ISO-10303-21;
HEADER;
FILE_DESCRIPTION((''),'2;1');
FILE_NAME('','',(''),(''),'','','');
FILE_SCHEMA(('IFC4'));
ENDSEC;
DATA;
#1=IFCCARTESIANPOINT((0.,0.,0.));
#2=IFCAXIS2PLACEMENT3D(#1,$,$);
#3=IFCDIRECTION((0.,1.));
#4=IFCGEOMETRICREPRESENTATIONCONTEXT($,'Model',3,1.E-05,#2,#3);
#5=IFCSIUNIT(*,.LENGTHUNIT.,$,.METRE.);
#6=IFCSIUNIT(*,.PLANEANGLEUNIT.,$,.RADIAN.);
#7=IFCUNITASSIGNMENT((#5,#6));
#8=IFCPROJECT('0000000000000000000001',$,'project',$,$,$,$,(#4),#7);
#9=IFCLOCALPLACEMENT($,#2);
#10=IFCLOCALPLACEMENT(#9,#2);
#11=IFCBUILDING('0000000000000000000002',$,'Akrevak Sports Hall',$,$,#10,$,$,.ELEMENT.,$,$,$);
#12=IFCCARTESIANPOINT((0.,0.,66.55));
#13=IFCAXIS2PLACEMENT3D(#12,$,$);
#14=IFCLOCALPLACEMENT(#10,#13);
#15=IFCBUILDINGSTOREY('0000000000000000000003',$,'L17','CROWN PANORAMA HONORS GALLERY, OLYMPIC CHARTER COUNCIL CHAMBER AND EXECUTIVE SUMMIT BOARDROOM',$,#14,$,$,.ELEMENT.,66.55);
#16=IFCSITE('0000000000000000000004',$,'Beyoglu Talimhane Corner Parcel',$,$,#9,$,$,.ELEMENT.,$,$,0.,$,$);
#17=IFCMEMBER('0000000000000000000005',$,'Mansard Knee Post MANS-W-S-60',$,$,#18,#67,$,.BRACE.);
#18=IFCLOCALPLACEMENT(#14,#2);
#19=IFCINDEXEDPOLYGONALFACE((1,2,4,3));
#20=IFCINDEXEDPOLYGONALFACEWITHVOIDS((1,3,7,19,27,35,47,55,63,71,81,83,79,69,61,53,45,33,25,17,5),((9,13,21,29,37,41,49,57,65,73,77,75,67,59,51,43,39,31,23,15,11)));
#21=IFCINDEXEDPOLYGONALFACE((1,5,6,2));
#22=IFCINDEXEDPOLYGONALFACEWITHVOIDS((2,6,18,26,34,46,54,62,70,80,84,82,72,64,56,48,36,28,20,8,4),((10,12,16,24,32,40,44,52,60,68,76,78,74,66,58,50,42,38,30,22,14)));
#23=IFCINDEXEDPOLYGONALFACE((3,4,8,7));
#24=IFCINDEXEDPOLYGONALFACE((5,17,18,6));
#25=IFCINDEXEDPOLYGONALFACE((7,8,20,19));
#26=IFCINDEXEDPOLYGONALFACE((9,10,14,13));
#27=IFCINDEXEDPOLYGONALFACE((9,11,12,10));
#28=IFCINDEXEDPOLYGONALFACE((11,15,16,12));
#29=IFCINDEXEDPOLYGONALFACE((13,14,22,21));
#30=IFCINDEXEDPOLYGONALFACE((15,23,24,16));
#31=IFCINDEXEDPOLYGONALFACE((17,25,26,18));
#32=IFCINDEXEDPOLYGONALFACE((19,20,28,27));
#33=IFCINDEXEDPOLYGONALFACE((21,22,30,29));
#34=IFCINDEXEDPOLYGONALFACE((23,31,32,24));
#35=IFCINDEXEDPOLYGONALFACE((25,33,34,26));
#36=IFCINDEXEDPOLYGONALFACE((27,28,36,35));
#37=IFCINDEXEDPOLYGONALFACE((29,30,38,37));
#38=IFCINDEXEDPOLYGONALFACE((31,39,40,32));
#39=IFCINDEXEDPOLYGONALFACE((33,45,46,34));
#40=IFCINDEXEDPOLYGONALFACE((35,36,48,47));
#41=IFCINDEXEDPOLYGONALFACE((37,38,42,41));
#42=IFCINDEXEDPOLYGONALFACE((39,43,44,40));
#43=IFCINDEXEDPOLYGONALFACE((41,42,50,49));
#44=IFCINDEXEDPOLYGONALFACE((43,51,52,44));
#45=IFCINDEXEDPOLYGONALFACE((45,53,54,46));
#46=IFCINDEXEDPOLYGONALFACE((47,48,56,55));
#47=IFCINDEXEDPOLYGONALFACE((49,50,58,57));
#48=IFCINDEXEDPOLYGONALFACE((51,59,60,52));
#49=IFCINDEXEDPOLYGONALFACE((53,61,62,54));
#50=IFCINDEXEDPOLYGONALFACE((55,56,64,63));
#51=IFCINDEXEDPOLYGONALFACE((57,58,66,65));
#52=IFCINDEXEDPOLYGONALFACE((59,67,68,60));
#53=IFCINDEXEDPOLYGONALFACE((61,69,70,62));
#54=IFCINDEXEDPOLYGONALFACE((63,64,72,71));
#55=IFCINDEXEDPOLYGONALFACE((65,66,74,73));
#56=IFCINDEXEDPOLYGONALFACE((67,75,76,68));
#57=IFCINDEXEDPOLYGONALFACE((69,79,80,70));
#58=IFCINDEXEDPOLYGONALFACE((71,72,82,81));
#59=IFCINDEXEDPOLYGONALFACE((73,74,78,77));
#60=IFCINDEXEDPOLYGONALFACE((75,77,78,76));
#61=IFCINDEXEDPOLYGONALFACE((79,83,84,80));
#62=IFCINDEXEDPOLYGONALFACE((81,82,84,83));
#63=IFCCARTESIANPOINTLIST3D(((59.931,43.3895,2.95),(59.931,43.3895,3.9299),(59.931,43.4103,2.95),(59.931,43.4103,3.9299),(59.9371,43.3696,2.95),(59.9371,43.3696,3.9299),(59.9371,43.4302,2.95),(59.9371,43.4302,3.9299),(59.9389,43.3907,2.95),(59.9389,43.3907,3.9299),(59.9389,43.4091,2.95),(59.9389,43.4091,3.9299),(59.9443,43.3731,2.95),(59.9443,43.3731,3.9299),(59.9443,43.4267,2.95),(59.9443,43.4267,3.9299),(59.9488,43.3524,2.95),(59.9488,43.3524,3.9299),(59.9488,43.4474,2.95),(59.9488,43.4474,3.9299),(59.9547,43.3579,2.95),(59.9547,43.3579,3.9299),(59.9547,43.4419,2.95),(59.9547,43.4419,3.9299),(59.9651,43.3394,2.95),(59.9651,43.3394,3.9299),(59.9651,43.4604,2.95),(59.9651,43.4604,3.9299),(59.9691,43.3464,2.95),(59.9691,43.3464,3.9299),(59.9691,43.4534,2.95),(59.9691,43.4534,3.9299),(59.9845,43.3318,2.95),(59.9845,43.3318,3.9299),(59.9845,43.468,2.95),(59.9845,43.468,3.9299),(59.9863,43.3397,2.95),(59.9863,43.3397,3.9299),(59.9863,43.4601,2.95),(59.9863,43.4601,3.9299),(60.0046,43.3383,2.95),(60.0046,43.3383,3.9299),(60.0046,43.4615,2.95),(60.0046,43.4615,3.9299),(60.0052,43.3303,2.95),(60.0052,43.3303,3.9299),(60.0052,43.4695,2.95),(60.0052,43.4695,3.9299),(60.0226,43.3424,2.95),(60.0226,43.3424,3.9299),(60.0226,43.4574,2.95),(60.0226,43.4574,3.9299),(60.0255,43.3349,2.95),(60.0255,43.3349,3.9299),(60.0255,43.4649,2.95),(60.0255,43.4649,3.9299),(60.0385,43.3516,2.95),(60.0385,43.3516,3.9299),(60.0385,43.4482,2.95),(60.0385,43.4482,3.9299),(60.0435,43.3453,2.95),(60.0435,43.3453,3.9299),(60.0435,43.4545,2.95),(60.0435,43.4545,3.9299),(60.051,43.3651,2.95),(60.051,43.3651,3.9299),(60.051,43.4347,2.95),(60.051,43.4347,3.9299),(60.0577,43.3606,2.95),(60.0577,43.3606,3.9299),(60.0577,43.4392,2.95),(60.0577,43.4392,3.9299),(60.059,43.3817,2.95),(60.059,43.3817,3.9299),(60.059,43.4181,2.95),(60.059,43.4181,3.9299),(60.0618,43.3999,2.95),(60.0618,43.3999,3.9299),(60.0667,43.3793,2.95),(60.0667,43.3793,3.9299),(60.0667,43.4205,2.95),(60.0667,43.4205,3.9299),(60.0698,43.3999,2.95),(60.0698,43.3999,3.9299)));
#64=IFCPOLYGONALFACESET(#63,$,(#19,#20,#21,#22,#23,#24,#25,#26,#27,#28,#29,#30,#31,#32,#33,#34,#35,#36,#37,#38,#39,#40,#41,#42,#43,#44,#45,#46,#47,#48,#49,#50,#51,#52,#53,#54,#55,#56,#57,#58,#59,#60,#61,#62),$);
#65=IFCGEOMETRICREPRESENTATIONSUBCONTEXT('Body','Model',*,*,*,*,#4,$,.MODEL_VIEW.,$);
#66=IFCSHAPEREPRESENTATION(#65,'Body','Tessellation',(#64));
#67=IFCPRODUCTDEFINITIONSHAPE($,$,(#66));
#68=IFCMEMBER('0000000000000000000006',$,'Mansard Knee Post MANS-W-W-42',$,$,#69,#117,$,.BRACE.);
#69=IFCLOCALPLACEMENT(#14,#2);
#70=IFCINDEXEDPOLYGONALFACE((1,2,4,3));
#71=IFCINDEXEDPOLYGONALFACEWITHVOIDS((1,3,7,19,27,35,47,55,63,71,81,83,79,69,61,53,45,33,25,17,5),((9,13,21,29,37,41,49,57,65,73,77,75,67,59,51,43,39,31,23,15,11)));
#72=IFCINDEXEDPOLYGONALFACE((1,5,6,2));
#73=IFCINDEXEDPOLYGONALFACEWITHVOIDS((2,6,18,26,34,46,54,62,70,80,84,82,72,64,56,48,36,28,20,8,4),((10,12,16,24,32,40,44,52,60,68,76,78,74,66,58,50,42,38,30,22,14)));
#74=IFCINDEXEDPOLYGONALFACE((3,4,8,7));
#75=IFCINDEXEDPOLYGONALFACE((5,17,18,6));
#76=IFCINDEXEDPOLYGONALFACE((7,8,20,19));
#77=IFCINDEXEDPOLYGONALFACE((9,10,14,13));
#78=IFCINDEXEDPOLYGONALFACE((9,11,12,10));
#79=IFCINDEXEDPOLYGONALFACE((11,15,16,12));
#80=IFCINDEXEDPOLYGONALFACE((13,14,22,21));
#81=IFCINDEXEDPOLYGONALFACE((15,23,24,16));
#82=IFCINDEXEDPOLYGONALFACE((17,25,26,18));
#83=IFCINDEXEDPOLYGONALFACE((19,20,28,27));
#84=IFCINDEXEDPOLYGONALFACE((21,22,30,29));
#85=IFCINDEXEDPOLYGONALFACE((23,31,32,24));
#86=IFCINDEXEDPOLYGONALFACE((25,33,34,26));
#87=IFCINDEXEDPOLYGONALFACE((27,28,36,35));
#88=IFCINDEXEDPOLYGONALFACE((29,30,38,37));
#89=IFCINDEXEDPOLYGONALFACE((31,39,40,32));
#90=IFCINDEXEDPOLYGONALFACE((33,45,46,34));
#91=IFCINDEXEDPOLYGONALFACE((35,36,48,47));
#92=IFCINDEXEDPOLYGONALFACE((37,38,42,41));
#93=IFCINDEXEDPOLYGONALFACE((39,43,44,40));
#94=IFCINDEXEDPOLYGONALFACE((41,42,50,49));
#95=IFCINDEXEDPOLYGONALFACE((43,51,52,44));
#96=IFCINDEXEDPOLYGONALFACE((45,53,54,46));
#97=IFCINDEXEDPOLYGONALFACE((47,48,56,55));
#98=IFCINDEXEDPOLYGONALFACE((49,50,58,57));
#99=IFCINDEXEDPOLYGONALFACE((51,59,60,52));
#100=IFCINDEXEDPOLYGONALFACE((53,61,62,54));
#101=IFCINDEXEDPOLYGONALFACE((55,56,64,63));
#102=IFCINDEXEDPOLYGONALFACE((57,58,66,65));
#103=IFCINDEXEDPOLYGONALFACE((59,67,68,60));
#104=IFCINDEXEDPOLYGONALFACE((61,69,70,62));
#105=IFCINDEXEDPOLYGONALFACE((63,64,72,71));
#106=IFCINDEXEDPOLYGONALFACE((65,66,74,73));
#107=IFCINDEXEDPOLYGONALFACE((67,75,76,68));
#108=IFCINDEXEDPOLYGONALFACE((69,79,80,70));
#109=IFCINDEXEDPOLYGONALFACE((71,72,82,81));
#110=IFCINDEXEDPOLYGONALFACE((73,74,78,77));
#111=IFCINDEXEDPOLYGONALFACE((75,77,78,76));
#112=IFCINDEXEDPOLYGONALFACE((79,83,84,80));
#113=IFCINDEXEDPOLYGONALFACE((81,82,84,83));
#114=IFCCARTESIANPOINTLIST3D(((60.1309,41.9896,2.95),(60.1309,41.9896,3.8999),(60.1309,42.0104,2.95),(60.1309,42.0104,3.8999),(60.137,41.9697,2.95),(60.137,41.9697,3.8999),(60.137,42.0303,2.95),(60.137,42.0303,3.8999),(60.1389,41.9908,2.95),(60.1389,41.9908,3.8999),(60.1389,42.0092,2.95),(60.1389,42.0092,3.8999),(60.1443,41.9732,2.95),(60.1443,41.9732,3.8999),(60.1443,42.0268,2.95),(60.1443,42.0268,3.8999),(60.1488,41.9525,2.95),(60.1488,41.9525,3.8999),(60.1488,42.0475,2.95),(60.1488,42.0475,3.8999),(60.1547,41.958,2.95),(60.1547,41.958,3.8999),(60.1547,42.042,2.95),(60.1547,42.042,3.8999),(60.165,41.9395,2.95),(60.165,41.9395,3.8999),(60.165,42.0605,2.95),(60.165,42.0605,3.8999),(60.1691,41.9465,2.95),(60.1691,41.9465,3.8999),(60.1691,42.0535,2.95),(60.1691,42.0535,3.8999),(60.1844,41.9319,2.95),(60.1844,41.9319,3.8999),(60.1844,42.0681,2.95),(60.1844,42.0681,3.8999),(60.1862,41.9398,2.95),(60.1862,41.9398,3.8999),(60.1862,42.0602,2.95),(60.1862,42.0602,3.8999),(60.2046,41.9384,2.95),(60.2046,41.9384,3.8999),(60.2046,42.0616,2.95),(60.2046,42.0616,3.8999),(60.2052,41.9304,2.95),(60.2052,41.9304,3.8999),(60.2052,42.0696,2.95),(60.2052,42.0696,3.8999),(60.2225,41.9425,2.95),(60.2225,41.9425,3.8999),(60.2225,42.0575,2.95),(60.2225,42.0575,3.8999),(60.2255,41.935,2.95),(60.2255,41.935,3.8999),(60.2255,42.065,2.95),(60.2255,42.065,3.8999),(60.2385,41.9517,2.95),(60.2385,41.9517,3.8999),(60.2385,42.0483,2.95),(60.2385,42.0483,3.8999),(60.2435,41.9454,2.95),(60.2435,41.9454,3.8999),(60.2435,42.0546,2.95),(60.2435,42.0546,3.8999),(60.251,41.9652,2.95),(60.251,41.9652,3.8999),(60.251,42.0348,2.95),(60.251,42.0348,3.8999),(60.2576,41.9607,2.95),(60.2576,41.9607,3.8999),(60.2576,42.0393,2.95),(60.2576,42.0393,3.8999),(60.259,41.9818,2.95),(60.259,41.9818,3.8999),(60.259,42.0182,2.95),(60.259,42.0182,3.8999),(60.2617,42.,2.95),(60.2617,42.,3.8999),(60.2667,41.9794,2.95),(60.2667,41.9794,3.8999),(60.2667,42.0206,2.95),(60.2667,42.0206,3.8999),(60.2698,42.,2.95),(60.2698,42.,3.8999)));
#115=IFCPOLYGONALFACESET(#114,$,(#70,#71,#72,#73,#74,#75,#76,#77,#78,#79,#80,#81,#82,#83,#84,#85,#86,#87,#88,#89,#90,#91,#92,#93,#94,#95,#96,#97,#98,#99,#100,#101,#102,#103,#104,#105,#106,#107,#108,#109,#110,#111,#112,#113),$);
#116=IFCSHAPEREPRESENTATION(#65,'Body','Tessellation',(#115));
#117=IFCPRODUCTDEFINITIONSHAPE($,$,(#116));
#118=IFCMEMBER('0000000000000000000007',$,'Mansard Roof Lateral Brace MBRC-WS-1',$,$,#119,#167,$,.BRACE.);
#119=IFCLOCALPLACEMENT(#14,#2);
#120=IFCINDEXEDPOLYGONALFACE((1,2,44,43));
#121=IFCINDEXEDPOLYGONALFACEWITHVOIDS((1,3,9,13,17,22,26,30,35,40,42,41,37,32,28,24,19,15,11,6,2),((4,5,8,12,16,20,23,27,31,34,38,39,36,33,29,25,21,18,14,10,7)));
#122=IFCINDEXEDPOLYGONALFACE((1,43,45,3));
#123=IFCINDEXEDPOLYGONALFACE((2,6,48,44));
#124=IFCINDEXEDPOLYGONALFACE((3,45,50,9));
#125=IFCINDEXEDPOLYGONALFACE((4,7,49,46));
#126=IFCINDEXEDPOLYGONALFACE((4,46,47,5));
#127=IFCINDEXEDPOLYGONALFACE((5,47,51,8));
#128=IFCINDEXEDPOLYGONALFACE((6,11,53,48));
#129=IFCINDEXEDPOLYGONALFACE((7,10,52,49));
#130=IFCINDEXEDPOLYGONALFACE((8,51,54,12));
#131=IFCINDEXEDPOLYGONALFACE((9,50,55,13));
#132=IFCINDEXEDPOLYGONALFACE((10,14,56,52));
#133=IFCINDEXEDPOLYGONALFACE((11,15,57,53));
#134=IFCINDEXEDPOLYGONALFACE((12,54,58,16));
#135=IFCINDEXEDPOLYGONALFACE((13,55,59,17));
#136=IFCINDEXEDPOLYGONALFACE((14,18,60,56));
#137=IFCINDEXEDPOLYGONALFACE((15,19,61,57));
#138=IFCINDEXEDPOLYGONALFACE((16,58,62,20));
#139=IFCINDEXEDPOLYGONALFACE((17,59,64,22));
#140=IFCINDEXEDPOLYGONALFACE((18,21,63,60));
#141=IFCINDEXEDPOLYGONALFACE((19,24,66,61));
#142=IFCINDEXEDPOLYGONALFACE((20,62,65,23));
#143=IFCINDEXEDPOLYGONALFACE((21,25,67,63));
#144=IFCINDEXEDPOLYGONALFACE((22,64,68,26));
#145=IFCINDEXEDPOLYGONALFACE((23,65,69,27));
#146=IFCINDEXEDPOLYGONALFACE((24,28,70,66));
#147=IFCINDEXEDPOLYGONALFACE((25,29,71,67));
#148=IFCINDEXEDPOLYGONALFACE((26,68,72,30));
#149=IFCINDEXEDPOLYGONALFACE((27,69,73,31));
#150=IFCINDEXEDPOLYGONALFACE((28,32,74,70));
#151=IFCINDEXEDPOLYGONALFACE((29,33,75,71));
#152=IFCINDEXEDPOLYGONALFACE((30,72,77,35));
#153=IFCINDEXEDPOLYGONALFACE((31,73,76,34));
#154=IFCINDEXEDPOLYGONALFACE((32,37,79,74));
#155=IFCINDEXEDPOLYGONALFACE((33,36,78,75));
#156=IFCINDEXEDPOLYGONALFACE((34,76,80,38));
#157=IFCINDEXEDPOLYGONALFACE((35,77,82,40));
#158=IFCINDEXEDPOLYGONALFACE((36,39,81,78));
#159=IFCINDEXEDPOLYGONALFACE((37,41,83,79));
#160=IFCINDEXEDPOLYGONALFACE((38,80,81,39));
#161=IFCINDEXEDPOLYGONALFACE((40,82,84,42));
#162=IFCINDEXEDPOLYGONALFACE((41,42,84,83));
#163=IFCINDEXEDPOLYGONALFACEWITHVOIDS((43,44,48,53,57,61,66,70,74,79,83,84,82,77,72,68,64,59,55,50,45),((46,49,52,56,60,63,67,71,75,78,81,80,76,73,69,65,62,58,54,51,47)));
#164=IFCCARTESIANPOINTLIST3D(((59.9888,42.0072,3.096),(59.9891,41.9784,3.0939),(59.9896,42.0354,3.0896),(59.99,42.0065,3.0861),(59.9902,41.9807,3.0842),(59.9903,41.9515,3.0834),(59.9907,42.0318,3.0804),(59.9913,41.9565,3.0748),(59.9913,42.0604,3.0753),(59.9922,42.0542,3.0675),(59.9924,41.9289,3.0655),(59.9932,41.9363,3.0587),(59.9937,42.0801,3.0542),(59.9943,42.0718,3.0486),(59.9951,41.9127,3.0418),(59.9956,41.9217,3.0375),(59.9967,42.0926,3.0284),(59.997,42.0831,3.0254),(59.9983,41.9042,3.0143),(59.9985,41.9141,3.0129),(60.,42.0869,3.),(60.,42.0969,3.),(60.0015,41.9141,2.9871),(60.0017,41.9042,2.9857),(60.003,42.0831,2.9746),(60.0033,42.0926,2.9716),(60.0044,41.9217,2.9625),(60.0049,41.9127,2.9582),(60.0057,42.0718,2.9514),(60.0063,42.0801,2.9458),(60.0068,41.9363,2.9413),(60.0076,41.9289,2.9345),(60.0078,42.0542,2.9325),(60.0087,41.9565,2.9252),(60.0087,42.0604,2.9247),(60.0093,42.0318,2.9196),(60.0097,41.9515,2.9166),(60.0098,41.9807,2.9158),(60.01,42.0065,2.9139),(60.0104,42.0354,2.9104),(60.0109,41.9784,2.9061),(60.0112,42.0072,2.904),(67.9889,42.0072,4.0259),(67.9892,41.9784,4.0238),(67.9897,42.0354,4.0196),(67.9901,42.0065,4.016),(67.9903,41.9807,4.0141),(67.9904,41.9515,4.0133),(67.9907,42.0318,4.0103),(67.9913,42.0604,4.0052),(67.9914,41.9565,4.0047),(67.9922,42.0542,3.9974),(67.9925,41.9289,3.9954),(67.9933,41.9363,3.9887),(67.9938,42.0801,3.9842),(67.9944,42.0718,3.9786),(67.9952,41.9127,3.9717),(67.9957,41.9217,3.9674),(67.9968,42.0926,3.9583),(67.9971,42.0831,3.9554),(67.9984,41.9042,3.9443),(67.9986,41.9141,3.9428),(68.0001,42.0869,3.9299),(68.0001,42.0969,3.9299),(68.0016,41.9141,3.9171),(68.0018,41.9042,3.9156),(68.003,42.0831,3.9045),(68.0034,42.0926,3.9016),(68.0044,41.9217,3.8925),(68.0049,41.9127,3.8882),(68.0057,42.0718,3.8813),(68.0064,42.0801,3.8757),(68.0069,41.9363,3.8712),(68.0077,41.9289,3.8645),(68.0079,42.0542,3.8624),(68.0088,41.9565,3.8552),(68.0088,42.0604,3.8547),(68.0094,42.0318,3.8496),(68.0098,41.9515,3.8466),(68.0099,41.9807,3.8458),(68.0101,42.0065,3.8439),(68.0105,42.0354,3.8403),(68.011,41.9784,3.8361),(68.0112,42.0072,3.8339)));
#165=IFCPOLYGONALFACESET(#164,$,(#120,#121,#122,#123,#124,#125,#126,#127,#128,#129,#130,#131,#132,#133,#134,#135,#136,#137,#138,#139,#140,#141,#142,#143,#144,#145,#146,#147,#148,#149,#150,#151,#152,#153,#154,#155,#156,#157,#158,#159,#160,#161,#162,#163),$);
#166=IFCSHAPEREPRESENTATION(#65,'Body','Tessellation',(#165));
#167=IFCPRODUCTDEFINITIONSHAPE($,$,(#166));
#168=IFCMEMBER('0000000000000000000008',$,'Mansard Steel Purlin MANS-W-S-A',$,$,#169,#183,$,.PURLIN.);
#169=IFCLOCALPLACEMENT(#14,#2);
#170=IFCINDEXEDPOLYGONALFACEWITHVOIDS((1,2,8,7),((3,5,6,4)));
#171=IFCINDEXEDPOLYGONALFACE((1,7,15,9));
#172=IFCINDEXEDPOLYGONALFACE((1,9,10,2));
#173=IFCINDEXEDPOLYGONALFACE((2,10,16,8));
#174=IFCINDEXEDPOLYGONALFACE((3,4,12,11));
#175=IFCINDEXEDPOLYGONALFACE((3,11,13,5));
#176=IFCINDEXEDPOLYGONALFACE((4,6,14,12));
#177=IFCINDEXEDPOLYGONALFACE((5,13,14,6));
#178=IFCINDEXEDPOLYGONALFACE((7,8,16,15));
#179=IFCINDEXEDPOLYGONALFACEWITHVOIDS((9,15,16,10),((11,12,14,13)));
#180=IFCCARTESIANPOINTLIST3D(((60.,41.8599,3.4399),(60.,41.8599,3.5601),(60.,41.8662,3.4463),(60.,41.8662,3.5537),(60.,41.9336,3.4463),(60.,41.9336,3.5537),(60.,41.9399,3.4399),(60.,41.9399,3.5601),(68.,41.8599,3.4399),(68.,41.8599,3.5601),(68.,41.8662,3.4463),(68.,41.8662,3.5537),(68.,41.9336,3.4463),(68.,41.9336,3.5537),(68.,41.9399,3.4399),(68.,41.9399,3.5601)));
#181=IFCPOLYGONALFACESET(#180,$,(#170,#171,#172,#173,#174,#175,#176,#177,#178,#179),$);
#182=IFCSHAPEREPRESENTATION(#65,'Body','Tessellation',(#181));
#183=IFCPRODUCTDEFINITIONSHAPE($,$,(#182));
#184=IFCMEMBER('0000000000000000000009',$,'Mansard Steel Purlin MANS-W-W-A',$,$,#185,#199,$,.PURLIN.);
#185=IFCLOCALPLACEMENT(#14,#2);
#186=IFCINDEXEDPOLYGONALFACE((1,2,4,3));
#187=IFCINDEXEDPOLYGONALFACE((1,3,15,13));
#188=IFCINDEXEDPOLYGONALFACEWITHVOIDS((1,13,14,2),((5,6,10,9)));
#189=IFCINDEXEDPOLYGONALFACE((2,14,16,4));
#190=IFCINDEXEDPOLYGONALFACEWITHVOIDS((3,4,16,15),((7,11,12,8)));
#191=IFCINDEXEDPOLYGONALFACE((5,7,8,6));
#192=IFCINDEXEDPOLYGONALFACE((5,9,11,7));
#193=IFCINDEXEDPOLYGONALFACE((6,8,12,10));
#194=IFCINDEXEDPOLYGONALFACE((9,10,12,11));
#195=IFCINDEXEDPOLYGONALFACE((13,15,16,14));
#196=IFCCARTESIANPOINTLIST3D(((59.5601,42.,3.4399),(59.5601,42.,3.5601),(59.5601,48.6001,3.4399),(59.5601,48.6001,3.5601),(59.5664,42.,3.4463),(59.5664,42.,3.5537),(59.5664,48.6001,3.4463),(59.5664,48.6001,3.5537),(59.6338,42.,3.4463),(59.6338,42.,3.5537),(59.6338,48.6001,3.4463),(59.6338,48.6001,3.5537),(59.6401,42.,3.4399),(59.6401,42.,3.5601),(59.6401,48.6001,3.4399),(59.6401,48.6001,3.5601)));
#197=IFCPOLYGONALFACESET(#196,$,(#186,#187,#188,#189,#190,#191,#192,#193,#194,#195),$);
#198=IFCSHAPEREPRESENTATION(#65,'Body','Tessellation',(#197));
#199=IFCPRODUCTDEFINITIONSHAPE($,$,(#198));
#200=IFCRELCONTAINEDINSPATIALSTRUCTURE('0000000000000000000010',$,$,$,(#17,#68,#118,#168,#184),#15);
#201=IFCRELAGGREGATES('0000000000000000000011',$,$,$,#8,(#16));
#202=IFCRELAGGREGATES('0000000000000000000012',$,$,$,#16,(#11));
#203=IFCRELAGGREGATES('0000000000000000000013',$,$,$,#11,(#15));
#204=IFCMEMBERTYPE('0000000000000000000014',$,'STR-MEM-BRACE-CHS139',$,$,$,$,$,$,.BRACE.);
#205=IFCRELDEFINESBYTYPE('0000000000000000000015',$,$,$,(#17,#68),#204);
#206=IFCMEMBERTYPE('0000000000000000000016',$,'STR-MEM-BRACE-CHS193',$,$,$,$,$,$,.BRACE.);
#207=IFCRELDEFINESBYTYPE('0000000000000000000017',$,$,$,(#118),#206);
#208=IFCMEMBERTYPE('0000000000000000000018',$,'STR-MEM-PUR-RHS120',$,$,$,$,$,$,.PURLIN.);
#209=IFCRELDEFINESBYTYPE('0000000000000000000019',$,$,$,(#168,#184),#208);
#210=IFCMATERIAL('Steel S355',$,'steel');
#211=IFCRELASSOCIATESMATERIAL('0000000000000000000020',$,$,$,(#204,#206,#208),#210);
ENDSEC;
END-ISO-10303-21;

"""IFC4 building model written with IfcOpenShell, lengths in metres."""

from ifc_helpers import new_model, si_unit, direction, frame, origin, origin_2d, place, context, subcontext, project, spatial, hollow_rectangle, hollow_circle, extrude, material, material_profile, profile_set, type_object, element, save


model = new_model("IFC4")

# Units and contexts
model_context = context("Model", 3, precision=1e-05, world=origin(), true_north=direction((0.0, 1.0)))
body_context = subcontext(model_context, "Body", "Model", "MODEL_VIEW")
ifc_project = project(units=[si_unit("LENGTHUNIT", "METRE"), si_unit("PLANEANGLEUNIT", "RADIAN")], contexts=[model_context])

# Site, building, storey
site_placement = place(None, origin())
site = spatial("IfcSite", under=ifc_project, at=site_placement, Name="Beyoglu Talimhane Corner Parcel", CompositionType="ELEMENT", RefElevation=0.0)
building_placement = place(site_placement, origin())
building = spatial("IfcBuilding", under=site, at=building_placement, Name="Akrevak Sports Hall", CompositionType="ELEMENT")
storey_placement = place(building_placement, frame((0.0, 0.0, 66.55)))
storey = spatial("IfcBuildingStorey", under=building, at=storey_placement, Name="L17", Description="CROWN PANORAMA HONORS GALLERY, OLYMPIC CHARTER COUNCIL CHAMBER AND EXECUTIVE SUMMIT BOARDROOM", CompositionType="ELEMENT", Elevation=66.55)

# Members
ifc_material_1 = material(Name="Steel S355", Category="steel")
ifc_material_profile_1 = material_profile(ifc_material_1, hollow_circle(Radius=0.0698, WallThickness=0.0081, at=origin_2d()), Name="CHS 139.7x8", Category="steel")
ifc_profile_set_1 = profile_set([ifc_material_profile_1], Name="Steel S355")
member_type_1 = type_object("IfcMemberType", Name="STR-MEM-BRACE-CHS139", PredefinedType="BRACE", material=ifc_profile_set_1)
member_1_placement = place(storey_placement, frame((60.0, 43.3999, 2.95), z_axis=(0.0, 0.0, 1.0), x_axis=(1.0, 0.0, 0.0)))
element("IfcMember", 1, at=member_1_placement, inside=storey, type_object=member_type_1, Name="Mansard Knee Post MANS-W-S-60", PredefinedType="BRACE", context=body_context, shape_type="SweptSolid", body=[
    extrude(hollow_circle(Radius=0.0698, WallThickness=0.0081, at=origin_2d()), origin(), (0.0, 0.0, 1.0), 0.98),
])
member_2_placement = place(storey_placement, frame((60.2, 42.0, 2.95), z_axis=(0.0, 0.0, 1.0), x_axis=(1.0, 0.0, 0.0)))
element("IfcMember", 2, at=member_2_placement, inside=storey, type_object=member_type_1, Name="Mansard Knee Post MANS-W-W-42", PredefinedType="BRACE", context=body_context, shape_type="SweptSolid", body=[
    extrude(hollow_circle(Radius=0.0698, WallThickness=0.0081, at=origin_2d()), origin(), (0.0, 0.0, 1.0), 0.95),
])
ifc_material_profile_2 = material_profile(ifc_material_1, hollow_circle(Radius=0.0969, WallThickness=0.01, at=origin_2d()), Name="CHS 193.7x10", Category="steel")
ifc_profile_set_2 = profile_set([ifc_material_profile_2], Name="Steel S355")
member_type_2 = type_object("IfcMemberType", Name="STR-MEM-BRACE-CHS193", PredefinedType="BRACE", material=ifc_profile_set_2)
member_3_placement = place(storey_placement, frame((60.0, 42.0, 3.0), z_axis=(0.993312, 0.0, 0.115464), x_axis=(0.0, 1.0, 0.0)))
element("IfcMember", 3, at=member_3_placement, inside=storey, type_object=member_type_2, Name="Mansard Roof Lateral Brace MBRC-WS-1", PredefinedType="BRACE", context=body_context, shape_type="SweptSolid", body=[
    extrude(hollow_circle(Radius=0.0969, WallThickness=0.01, at=origin_2d()), origin(), (0.0, 0.0, 1.0), 8.054),
])
ifc_material_profile_3 = material_profile(ifc_material_1, hollow_rectangle(XDim=0.0801, YDim=0.1201, WallThickness=0.0063, at=origin_2d()), Name="RHS 120x80x6.3", Category="steel")
ifc_profile_set_3 = profile_set([ifc_material_profile_3], Name="Steel S355")
member_type_3 = type_object("IfcMemberType", Name="STR-MEM-PUR-RHS120", PredefinedType="PURLIN", material=ifc_profile_set_3)
member_4_placement = place(storey_placement, frame((60.0, 41.8999, 3.5), z_axis=(1.0, 0.0, 0.0), x_axis=(0.0, 1.0, 0.0)))
element("IfcMember", 4, at=member_4_placement, inside=storey, type_object=member_type_3, Name="Mansard Steel Purlin MANS-W-S-A", PredefinedType="PURLIN", context=body_context, shape_type="SweptSolid", body=[
    extrude(hollow_rectangle(XDim=0.0801, YDim=0.1201, WallThickness=0.0063, at=origin_2d()), origin(), (0.0, 0.0, 1.0), 8.0),
])
member_5_placement = place(storey_placement, frame((59.6001, 42.0, 3.5), z_axis=(0.0, 1.0, 0.0), x_axis=(-1.0, 0.0, 0.0)))
element("IfcMember", 5, at=member_5_placement, inside=storey, type_object=member_type_3, Name="Mansard Steel Purlin MANS-W-W-A", PredefinedType="PURLIN", context=body_context, shape_type="SweptSolid", body=[
    extrude(hollow_rectangle(XDim=0.0801, YDim=0.1201, WallThickness=0.0063, at=origin_2d()), origin(), (0.0, 0.0, 1.0), 6.6001),
])

save(model, "model.ifc")
